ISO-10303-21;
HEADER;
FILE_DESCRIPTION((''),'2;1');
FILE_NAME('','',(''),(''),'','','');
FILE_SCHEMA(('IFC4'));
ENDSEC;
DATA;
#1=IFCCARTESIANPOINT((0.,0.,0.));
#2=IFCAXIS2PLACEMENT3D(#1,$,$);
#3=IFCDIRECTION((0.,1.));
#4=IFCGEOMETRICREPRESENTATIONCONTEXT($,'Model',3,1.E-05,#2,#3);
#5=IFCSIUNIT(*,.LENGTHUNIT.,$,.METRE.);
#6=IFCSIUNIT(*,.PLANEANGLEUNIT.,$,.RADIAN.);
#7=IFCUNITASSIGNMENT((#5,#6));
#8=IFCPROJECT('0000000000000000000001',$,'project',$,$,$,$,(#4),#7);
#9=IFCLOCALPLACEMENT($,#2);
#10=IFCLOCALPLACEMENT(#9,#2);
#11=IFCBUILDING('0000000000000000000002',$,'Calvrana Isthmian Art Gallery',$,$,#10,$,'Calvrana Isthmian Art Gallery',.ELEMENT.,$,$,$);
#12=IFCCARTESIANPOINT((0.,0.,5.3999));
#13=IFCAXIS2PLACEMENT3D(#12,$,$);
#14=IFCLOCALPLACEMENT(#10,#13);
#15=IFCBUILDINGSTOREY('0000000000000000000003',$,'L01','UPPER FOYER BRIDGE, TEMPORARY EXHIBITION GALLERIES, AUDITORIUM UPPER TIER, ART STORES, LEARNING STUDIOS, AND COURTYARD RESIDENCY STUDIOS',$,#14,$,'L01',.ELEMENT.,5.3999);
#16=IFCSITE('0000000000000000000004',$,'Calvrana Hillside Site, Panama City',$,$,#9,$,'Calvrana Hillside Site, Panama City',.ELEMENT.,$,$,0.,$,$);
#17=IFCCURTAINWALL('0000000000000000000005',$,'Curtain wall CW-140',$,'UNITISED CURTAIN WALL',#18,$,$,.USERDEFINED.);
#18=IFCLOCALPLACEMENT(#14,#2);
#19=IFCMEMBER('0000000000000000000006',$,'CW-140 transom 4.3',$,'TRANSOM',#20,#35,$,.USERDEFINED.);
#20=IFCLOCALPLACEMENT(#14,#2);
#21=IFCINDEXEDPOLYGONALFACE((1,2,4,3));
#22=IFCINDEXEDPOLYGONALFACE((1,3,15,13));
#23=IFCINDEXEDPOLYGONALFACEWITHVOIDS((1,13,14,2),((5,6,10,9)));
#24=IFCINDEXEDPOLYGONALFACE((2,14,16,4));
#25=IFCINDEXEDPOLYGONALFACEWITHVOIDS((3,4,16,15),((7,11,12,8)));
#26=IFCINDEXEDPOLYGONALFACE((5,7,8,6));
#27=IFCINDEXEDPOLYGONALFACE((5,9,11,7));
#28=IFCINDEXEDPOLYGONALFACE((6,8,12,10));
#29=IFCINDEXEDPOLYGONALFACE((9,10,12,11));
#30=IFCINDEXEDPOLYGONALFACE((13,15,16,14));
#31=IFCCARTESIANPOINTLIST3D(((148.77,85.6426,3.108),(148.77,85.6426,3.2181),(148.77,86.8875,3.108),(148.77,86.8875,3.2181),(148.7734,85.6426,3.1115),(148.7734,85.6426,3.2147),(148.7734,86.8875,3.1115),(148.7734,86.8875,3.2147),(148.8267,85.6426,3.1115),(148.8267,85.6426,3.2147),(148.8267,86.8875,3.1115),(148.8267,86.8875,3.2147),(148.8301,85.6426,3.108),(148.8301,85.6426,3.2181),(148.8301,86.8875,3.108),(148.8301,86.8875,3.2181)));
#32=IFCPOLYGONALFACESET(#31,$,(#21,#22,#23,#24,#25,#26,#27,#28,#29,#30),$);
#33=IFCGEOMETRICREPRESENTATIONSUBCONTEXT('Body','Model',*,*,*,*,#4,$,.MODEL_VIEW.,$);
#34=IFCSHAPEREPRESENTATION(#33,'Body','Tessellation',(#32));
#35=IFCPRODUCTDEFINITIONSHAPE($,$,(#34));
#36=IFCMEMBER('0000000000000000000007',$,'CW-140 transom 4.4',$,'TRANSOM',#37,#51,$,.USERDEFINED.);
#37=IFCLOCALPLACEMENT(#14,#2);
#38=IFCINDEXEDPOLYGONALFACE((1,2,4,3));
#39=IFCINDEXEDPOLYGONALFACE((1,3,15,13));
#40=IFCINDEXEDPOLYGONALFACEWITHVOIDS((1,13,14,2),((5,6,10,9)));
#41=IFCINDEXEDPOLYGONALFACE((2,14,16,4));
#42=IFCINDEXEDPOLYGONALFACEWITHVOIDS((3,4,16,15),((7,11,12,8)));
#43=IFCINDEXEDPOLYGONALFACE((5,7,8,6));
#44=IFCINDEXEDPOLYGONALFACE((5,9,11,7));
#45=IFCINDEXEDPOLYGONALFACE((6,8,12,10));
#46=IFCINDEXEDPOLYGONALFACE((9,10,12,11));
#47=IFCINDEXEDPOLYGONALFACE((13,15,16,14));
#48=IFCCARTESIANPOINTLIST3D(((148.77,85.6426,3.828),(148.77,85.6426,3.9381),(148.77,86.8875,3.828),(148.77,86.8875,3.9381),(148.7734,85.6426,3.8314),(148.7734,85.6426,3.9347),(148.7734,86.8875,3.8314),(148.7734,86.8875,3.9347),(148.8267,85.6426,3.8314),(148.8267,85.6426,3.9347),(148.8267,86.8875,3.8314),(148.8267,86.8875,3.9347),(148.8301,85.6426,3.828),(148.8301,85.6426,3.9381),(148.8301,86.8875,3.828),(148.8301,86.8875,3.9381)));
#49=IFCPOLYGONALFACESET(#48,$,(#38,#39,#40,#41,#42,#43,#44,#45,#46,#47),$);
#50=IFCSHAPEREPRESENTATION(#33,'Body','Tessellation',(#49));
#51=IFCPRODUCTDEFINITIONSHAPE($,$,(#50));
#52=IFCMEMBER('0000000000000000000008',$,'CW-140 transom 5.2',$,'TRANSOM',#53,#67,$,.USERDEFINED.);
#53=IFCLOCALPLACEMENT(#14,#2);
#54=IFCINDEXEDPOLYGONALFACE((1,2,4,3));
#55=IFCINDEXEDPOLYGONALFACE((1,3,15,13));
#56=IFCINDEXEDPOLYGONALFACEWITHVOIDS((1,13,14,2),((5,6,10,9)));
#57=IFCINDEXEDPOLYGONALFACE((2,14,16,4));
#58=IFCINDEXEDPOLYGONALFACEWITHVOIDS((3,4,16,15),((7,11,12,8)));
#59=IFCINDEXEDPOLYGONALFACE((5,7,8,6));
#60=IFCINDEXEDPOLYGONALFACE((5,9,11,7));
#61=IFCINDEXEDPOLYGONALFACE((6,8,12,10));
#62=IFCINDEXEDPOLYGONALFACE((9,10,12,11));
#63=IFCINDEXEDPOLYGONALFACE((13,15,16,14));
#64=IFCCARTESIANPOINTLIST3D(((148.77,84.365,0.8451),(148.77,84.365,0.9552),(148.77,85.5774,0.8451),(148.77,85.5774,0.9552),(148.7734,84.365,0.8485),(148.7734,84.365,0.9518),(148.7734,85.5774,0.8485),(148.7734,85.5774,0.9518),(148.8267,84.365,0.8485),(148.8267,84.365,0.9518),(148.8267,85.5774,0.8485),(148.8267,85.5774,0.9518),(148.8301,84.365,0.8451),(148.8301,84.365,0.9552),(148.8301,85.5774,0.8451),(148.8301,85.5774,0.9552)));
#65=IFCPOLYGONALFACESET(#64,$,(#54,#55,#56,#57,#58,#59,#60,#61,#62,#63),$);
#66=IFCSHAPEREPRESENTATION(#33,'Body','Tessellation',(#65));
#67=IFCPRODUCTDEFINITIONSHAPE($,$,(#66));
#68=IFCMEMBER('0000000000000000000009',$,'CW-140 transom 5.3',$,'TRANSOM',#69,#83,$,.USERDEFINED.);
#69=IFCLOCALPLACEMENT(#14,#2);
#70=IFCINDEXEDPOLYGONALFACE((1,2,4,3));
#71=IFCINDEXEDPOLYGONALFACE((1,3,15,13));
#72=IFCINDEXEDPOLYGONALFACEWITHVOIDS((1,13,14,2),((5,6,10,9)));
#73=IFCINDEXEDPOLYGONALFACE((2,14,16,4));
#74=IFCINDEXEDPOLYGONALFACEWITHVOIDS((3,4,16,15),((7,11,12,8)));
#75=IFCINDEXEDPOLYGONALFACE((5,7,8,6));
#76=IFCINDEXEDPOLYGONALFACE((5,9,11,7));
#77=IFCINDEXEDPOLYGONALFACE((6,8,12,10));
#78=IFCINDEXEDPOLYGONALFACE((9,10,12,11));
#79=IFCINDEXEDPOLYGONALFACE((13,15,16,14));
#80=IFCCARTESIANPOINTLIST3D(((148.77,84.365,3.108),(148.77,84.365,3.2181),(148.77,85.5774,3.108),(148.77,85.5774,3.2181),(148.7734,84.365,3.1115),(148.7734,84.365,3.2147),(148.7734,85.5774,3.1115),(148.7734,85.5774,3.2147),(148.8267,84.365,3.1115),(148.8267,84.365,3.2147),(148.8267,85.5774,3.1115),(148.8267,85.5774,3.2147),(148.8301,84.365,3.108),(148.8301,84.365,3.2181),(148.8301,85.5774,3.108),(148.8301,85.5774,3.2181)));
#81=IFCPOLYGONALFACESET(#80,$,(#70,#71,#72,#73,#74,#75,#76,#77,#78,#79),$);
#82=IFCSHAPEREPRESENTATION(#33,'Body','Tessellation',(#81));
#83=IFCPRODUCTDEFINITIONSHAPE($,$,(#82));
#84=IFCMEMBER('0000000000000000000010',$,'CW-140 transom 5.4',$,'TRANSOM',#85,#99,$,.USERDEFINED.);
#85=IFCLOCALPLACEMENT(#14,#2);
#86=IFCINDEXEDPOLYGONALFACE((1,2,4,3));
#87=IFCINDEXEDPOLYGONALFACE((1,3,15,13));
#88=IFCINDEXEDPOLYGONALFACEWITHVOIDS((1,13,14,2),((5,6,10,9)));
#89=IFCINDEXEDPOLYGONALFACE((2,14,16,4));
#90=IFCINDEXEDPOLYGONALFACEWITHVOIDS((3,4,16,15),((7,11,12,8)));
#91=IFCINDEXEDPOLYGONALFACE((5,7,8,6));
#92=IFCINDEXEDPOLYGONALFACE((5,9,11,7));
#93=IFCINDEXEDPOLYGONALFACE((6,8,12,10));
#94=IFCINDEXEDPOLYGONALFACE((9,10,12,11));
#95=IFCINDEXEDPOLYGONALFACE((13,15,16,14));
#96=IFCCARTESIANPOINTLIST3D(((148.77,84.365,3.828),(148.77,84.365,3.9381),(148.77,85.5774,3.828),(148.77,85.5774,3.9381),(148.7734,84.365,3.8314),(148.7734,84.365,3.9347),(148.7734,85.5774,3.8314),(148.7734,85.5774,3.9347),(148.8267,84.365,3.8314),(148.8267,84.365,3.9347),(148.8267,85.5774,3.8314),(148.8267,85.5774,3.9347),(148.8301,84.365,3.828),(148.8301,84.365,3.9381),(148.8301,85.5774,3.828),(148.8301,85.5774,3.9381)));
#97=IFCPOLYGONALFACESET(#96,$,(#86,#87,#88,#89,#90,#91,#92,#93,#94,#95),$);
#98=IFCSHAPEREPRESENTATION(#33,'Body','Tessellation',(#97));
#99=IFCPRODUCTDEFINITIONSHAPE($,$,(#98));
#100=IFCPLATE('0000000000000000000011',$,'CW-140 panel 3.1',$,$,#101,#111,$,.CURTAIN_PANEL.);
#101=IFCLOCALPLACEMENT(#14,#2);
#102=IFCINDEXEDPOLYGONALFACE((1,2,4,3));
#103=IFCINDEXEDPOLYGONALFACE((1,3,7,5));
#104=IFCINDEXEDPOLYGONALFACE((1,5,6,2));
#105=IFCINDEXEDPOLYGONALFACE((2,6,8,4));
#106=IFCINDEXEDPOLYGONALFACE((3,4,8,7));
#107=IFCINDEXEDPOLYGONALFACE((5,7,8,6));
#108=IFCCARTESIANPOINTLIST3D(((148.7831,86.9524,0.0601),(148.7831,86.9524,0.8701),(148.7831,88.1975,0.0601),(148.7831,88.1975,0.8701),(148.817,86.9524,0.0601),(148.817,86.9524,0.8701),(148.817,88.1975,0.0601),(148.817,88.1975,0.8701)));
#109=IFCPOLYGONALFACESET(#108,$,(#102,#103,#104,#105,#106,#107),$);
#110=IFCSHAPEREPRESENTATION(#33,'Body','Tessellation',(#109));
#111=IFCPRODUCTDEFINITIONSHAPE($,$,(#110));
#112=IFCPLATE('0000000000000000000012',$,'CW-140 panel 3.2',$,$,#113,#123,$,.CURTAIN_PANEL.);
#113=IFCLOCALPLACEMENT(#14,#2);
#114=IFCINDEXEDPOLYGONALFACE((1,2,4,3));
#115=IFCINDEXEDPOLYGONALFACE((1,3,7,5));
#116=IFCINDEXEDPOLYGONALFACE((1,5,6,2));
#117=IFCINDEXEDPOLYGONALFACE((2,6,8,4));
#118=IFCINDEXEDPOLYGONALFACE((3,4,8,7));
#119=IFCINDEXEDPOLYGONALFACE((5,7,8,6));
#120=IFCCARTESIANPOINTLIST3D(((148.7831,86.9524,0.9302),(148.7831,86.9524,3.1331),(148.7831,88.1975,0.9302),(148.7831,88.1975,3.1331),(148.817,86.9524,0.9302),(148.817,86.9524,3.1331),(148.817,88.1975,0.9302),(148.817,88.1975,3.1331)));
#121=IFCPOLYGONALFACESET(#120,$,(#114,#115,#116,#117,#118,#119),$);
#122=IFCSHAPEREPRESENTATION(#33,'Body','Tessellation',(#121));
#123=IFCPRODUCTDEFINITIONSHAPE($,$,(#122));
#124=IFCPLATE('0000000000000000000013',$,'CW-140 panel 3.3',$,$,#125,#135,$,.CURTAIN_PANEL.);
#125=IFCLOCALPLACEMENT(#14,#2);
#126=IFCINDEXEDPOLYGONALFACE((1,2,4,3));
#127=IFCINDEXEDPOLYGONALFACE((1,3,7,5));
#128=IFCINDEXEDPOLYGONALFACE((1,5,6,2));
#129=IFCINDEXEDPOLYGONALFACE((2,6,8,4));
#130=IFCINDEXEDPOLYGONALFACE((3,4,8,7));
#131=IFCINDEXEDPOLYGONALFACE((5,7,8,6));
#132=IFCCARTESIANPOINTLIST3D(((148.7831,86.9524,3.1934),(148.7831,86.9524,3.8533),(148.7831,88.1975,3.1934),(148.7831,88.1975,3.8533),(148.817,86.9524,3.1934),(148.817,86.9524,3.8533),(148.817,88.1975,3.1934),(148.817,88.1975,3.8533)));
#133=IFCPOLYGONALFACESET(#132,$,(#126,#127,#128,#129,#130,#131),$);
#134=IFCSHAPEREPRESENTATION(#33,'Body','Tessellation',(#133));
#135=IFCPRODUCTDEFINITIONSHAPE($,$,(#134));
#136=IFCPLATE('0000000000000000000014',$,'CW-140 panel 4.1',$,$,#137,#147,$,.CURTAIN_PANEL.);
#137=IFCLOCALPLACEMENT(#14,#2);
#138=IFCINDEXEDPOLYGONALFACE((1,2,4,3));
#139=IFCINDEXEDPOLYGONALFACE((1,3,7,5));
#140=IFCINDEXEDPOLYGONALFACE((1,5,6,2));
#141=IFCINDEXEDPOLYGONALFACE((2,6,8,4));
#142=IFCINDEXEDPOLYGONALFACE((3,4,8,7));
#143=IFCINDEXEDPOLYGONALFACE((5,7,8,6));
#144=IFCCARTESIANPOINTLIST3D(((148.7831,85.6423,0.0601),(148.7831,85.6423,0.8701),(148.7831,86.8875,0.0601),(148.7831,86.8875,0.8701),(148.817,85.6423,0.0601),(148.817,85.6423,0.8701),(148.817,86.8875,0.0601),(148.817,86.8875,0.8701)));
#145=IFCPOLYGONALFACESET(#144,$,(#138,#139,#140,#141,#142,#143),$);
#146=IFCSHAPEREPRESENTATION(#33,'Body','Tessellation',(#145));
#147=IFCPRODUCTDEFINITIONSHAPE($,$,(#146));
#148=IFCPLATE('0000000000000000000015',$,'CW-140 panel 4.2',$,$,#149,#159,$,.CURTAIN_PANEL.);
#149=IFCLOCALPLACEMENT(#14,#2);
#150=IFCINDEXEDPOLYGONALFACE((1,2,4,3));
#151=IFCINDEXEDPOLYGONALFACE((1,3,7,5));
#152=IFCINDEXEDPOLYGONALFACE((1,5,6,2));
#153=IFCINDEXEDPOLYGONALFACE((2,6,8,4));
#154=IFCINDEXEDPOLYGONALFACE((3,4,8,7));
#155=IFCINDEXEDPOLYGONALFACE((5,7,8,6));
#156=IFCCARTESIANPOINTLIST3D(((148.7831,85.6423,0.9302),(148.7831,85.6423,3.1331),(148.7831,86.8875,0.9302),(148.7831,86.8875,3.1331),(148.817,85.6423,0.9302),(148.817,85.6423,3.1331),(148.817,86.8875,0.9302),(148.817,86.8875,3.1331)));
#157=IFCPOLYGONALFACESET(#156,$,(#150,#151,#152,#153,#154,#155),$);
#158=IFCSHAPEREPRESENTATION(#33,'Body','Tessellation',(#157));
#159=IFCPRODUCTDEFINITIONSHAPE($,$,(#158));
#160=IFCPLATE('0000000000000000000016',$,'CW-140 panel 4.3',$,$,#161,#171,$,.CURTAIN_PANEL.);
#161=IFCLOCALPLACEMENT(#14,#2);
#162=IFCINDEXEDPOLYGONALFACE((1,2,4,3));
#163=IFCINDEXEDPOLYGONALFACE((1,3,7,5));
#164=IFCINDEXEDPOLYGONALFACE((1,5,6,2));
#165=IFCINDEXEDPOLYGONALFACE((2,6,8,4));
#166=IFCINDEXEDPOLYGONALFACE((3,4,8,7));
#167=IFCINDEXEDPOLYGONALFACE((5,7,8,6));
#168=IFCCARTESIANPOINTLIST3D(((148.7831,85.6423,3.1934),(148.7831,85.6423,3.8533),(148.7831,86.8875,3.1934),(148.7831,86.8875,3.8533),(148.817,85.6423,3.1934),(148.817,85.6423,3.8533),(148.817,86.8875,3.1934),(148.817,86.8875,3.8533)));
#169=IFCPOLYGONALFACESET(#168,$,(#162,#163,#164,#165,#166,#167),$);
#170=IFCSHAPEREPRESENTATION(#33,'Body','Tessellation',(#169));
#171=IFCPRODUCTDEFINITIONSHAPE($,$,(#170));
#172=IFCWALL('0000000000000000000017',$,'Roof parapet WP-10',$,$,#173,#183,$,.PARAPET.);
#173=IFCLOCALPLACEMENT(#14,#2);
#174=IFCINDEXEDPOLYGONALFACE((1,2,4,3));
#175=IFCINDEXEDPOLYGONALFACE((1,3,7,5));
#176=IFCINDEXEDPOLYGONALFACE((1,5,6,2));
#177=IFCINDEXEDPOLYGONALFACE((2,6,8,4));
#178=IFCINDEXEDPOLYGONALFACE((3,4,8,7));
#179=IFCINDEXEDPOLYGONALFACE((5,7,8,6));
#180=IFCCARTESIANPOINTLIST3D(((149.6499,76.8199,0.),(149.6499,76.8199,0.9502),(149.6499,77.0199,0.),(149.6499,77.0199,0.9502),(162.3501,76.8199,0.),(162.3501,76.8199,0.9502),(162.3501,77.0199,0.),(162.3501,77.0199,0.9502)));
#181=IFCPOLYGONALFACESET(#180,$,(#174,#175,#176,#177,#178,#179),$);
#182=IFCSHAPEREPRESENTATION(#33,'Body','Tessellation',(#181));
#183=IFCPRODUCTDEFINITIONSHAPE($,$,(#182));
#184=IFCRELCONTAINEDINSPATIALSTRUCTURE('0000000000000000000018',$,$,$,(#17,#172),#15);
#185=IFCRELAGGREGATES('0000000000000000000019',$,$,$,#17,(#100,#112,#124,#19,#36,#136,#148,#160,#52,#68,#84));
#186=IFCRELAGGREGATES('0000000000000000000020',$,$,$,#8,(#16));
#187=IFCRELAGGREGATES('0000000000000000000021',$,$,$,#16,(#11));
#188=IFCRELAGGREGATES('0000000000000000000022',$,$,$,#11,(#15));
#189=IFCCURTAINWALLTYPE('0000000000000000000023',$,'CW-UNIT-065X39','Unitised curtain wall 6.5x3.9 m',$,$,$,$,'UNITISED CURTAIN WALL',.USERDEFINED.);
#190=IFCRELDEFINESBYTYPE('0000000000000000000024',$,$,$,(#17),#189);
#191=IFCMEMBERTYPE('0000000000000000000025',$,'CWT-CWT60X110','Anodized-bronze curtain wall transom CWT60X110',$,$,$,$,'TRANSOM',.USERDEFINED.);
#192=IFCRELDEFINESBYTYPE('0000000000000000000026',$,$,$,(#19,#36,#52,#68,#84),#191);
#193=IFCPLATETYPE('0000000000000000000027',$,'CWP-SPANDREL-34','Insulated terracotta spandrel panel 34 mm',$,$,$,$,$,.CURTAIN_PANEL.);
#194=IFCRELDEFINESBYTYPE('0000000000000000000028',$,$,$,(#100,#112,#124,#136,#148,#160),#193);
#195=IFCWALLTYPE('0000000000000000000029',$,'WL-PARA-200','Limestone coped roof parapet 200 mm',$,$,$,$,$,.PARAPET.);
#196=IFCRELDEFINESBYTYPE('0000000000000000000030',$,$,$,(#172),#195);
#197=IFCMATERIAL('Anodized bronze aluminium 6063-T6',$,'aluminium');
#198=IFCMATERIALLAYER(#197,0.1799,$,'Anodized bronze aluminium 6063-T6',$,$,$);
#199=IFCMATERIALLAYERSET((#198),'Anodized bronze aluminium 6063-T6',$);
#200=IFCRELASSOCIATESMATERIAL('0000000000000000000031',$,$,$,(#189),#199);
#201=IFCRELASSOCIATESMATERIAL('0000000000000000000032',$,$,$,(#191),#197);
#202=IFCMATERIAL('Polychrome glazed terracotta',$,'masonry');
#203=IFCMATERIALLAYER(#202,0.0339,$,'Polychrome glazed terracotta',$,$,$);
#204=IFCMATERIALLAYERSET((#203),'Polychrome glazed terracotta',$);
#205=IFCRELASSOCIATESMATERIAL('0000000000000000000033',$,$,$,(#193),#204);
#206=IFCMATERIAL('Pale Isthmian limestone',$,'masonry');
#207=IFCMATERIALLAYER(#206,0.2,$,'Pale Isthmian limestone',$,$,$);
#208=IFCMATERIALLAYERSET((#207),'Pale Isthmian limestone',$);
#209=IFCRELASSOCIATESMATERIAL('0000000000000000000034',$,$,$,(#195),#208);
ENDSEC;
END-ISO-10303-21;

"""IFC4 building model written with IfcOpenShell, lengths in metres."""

from ifc_helpers import new_model, si_unit, direction, frame, frame_2d, origin, origin_2d, place, context, subcontext, project, spatial, rectangle, hollow_rectangle, extrude, material, layer, layer_set, material_profile, profile_set, type_object, element, aggregate, save


model = new_model("IFC4")

# Units and contexts
model_context = context("Model", 3, precision=1e-05, world=origin(), true_north=direction((0.0, 1.0)))
body_context = subcontext(model_context, "Body", "Model", "MODEL_VIEW")
ifc_project = project(units=[si_unit("LENGTHUNIT", "METRE"), si_unit("PLANEANGLEUNIT", "RADIAN")], contexts=[model_context])

# Site, building, storey
site_placement = place(None, origin())
site = spatial("IfcSite", under=ifc_project, at=site_placement, Name="Calvrana Hillside Site, Panama City", LongName="Calvrana Hillside Site, Panama City", CompositionType="ELEMENT", RefElevation=0.0)
building_placement = place(site_placement, origin())
building = spatial("IfcBuilding", under=site, at=building_placement, Name="Calvrana Isthmian Art Gallery", LongName="Calvrana Isthmian Art Gallery", CompositionType="ELEMENT")
storey_placement = place(building_placement, frame((0.0, 0.0, 5.3999)))
storey = spatial("IfcBuildingStorey", under=building, at=storey_placement, Name="L01", Description="UPPER FOYER BRIDGE, TEMPORARY EXHIBITION GALLERIES, AUDITORIUM UPPER TIER, ART STORES, LEARNING STUDIOS, AND COURTYARD RESIDENCY STUDIOS", LongName="L01", CompositionType="ELEMENT", Elevation=5.3999)

# Curtain wall, members, plates
ifc_material_1 = material(Name="Anodized bronze aluminium 6063-T6", Category="aluminium")
ifc_layer_1 = layer(ifc_material_1, 0.1799, Name="Anodized bronze aluminium 6063-T6")
ifc_layer_set_1 = layer_set([ifc_layer_1], Name="Anodized bronze aluminium 6063-T6")
curtain_wall_type = type_object("IfcCurtainWallType", Name="CW-UNIT-065X39", Description="Unitised curtain wall 6.5x3.9 m", ElementType="UNITISED CURTAIN WALL", PredefinedType="USERDEFINED", material=ifc_layer_set_1)
curtain_wall_placement = place(storey_placement, origin())
curtain_wall = element("IfcCurtainWall", 1, at=curtain_wall_placement, inside=storey, type_object=curtain_wall_type, Name="Curtain wall CW-140", ObjectType="UNITISED CURTAIN WALL", PredefinedType="USERDEFINED")
ifc_material_profile_1 = material_profile(ifc_material_1, hollow_rectangle(XDim=0.0601, YDim=0.1101, WallThickness=0.0034, at=origin_2d()), Name="CWT60X110")
ifc_profile_set_1 = profile_set([ifc_material_profile_1], Name="Anodized bronze aluminium 6063-T6")
member_type_1 = type_object("IfcMemberType", Name="CWT-CWT60X110", Description="Anodized-bronze curtain wall transom CWT60X110", ElementType="TRANSOM", PredefinedType="USERDEFINED", material=ifc_profile_set_1)
member_1_placement = place(storey_placement, frame((148.8, 86.8875, 3.1631), z_axis=(0.0, -1.0, 0.0), x_axis=(1.0, 0.0, 0.0)))
member_1 = element("IfcMember", 2, at=member_1_placement, type_object=member_type_1, Name="CW-140 transom 4.3", ObjectType="TRANSOM", PredefinedType="USERDEFINED", context=body_context, shape_type="SweptSolid", body=[
    extrude(hollow_rectangle(XDim=0.0601, YDim=0.1101, WallThickness=0.0034, at=origin_2d()), origin(), (0.0, 0.0, 1.0), 1.2449),
])
member_2_placement = place(storey_placement, frame((148.8, 86.8875, 3.8831), z_axis=(0.0, -1.0, 0.0), x_axis=(1.0, 0.0, 0.0)))
member_2 = element("IfcMember", 3, at=member_2_placement, type_object=member_type_1, Name="CW-140 transom 4.4", ObjectType="TRANSOM", PredefinedType="USERDEFINED", context=body_context, shape_type="SweptSolid", body=[
    extrude(hollow_rectangle(XDim=0.0601, YDim=0.1101, WallThickness=0.0034, at=origin_2d()), origin(), (0.0, 0.0, 1.0), 1.2449),
])
member_3_placement = place(storey_placement, frame((148.8, 85.5774, 0.9001), z_axis=(0.0, -1.0, 0.0), x_axis=(1.0, 0.0, 0.0)))
member_3 = element("IfcMember", 4, at=member_3_placement, type_object=member_type_1, Name="CW-140 transom 5.2", ObjectType="TRANSOM", PredefinedType="USERDEFINED", context=body_context, shape_type="SweptSolid", body=[
    extrude(hollow_rectangle(XDim=0.0601, YDim=0.1101, WallThickness=0.0034, at=origin_2d()), origin(), (0.0, 0.0, 1.0), 1.2124),
])
member_4_placement = place(storey_placement, frame((148.8, 85.5774, 3.1631), z_axis=(0.0, -1.0, 0.0), x_axis=(1.0, 0.0, 0.0)))
member_4 = element("IfcMember", 5, at=member_4_placement, type_object=member_type_1, Name="CW-140 transom 5.3", ObjectType="TRANSOM", PredefinedType="USERDEFINED", context=body_context, shape_type="SweptSolid", body=[
    extrude(hollow_rectangle(XDim=0.0601, YDim=0.1101, WallThickness=0.0034, at=origin_2d()), origin(), (0.0, 0.0, 1.0), 1.2124),
])
member_5_placement = place(storey_placement, frame((148.8, 85.5774, 3.8831), z_axis=(0.0, -1.0, 0.0), x_axis=(1.0, 0.0, 0.0)))
member_5 = element("IfcMember", 6, at=member_5_placement, type_object=member_type_1, Name="CW-140 transom 5.4", ObjectType="TRANSOM", PredefinedType="USERDEFINED", context=body_context, shape_type="SweptSolid", body=[
    extrude(hollow_rectangle(XDim=0.0601, YDim=0.1101, WallThickness=0.0034, at=origin_2d()), origin(), (0.0, 0.0, 1.0), 1.2124),
])
ifc_material_2 = material(Name="Polychrome glazed terracotta", Category="masonry")
ifc_layer_2 = layer(ifc_material_2, 0.0339, Name="Polychrome glazed terracotta")
ifc_layer_set_2 = layer_set([ifc_layer_2], Name="Polychrome glazed terracotta")
plate_type = type_object("IfcPlateType", Name="CWP-SPANDREL-34", Description="Insulated terracotta spandrel panel 34 mm", PredefinedType="CURTAIN_PANEL", material=ifc_layer_set_2)
plate_1_placement = place(storey_placement, frame((148.8, 87.575, 0.0601), z_axis=(0.0, 0.0, 1.0), x_axis=(0.0, -1.0, 0.0)))
plate_1 = element("IfcPlate", 7, at=plate_1_placement, type_object=plate_type, Name="CW-140 panel 3.1", PredefinedType="CURTAIN_PANEL", context=body_context, shape_type="SweptSolid", body=[
    extrude(rectangle(XDim=1.2451, YDim=0.0339, at=origin_2d()), origin(), (0.0, 0.0, 1.0), 0.8101),
])
plate_2_placement = place(storey_placement, frame((148.8, 87.575, 0.9302), z_axis=(0.0, 0.0, 1.0), x_axis=(0.0, -1.0, 0.0)))
plate_2 = element("IfcPlate", 8, at=plate_2_placement, type_object=plate_type, Name="CW-140 panel 3.2", PredefinedType="CURTAIN_PANEL", context=body_context, shape_type="SweptSolid", body=[
    extrude(rectangle(XDim=1.2451, YDim=0.0339, at=origin_2d()), origin(), (0.0, 0.0, 1.0), 2.2029),
])
plate_3_placement = place(storey_placement, frame((148.8, 87.575, 3.1934), z_axis=(0.0, 0.0, 1.0), x_axis=(0.0, -1.0, 0.0)))
plate_3 = element("IfcPlate", 9, at=plate_3_placement, type_object=plate_type, Name="CW-140 panel 3.3", PredefinedType="CURTAIN_PANEL", context=body_context, shape_type="SweptSolid", body=[
    extrude(rectangle(XDim=1.2451, YDim=0.0339, at=origin_2d()), origin(), (0.0, 0.0, 1.0), 0.6599),
])
plate_4_placement = place(storey_placement, frame((148.8, 86.2649, 0.0601), z_axis=(0.0, 0.0, 1.0), x_axis=(0.0, -1.0, 0.0)))
plate_4 = element("IfcPlate", 10, at=plate_4_placement, type_object=plate_type, Name="CW-140 panel 4.1", PredefinedType="CURTAIN_PANEL", context=body_context, shape_type="SweptSolid", body=[
    extrude(rectangle(XDim=1.2451, YDim=0.0339, at=origin_2d()), origin(), (0.0, 0.0, 1.0), 0.8101),
])
plate_5_placement = place(storey_placement, frame((148.8, 86.2649, 0.9302), z_axis=(0.0, 0.0, 1.0), x_axis=(0.0, -1.0, 0.0)))
plate_5 = element("IfcPlate", 11, at=plate_5_placement, type_object=plate_type, Name="CW-140 panel 4.2", PredefinedType="CURTAIN_PANEL", context=body_context, shape_type="SweptSolid", body=[
    extrude(rectangle(XDim=1.2451, YDim=0.0339, at=origin_2d()), origin(), (0.0, 0.0, 1.0), 2.2029),
])
plate_6_placement = place(storey_placement, frame((148.8, 86.2649, 3.1934), z_axis=(0.0, 0.0, 1.0), x_axis=(0.0, -1.0, 0.0)))
plate_6 = element("IfcPlate", 12, at=plate_6_placement, type_object=plate_type, Name="CW-140 panel 4.3", PredefinedType="CURTAIN_PANEL", context=body_context, shape_type="SweptSolid", body=[
    extrude(rectangle(XDim=1.2451, YDim=0.0339, at=origin_2d()), origin(), (0.0, 0.0, 1.0), 0.6599),
])
aggregate(curtain_wall, [plate_1, plate_2, plate_3, member_1, member_2, plate_4, plate_5, plate_6, member_3, member_4, member_5])

# Wall
ifc_material_3 = material(Name="Pale Isthmian limestone", Category="masonry")
ifc_layer_3 = layer(ifc_material_3, 0.2, Name="Pale Isthmian limestone")
ifc_layer_set_3 = layer_set([ifc_layer_3], Name="Pale Isthmian limestone")
wall_type = type_object("IfcWallType", Name="WL-PARA-200", Description="Limestone coped roof parapet 200 mm", PredefinedType="PARAPET", material=ifc_layer_set_3)
wall_placement = place(storey_placement, frame((149.6499, 76.9199, 0.0), z_axis=(0.0, 0.0, 1.0), x_axis=(1.0, 0.0, 0.0)))
element("IfcWall", 13, at=wall_placement, inside=storey, type_object=wall_type, Name="Roof parapet WP-10", PredefinedType="PARAPET", context=body_context, shape_type="SweptSolid", body=[
    extrude(rectangle(XDim=12.7002, YDim=0.2, at=frame_2d((6.3501, 0.0))), origin(), (0.0, 0.0, 1.0), 0.9502),
])

save(model, "model.ifc")
